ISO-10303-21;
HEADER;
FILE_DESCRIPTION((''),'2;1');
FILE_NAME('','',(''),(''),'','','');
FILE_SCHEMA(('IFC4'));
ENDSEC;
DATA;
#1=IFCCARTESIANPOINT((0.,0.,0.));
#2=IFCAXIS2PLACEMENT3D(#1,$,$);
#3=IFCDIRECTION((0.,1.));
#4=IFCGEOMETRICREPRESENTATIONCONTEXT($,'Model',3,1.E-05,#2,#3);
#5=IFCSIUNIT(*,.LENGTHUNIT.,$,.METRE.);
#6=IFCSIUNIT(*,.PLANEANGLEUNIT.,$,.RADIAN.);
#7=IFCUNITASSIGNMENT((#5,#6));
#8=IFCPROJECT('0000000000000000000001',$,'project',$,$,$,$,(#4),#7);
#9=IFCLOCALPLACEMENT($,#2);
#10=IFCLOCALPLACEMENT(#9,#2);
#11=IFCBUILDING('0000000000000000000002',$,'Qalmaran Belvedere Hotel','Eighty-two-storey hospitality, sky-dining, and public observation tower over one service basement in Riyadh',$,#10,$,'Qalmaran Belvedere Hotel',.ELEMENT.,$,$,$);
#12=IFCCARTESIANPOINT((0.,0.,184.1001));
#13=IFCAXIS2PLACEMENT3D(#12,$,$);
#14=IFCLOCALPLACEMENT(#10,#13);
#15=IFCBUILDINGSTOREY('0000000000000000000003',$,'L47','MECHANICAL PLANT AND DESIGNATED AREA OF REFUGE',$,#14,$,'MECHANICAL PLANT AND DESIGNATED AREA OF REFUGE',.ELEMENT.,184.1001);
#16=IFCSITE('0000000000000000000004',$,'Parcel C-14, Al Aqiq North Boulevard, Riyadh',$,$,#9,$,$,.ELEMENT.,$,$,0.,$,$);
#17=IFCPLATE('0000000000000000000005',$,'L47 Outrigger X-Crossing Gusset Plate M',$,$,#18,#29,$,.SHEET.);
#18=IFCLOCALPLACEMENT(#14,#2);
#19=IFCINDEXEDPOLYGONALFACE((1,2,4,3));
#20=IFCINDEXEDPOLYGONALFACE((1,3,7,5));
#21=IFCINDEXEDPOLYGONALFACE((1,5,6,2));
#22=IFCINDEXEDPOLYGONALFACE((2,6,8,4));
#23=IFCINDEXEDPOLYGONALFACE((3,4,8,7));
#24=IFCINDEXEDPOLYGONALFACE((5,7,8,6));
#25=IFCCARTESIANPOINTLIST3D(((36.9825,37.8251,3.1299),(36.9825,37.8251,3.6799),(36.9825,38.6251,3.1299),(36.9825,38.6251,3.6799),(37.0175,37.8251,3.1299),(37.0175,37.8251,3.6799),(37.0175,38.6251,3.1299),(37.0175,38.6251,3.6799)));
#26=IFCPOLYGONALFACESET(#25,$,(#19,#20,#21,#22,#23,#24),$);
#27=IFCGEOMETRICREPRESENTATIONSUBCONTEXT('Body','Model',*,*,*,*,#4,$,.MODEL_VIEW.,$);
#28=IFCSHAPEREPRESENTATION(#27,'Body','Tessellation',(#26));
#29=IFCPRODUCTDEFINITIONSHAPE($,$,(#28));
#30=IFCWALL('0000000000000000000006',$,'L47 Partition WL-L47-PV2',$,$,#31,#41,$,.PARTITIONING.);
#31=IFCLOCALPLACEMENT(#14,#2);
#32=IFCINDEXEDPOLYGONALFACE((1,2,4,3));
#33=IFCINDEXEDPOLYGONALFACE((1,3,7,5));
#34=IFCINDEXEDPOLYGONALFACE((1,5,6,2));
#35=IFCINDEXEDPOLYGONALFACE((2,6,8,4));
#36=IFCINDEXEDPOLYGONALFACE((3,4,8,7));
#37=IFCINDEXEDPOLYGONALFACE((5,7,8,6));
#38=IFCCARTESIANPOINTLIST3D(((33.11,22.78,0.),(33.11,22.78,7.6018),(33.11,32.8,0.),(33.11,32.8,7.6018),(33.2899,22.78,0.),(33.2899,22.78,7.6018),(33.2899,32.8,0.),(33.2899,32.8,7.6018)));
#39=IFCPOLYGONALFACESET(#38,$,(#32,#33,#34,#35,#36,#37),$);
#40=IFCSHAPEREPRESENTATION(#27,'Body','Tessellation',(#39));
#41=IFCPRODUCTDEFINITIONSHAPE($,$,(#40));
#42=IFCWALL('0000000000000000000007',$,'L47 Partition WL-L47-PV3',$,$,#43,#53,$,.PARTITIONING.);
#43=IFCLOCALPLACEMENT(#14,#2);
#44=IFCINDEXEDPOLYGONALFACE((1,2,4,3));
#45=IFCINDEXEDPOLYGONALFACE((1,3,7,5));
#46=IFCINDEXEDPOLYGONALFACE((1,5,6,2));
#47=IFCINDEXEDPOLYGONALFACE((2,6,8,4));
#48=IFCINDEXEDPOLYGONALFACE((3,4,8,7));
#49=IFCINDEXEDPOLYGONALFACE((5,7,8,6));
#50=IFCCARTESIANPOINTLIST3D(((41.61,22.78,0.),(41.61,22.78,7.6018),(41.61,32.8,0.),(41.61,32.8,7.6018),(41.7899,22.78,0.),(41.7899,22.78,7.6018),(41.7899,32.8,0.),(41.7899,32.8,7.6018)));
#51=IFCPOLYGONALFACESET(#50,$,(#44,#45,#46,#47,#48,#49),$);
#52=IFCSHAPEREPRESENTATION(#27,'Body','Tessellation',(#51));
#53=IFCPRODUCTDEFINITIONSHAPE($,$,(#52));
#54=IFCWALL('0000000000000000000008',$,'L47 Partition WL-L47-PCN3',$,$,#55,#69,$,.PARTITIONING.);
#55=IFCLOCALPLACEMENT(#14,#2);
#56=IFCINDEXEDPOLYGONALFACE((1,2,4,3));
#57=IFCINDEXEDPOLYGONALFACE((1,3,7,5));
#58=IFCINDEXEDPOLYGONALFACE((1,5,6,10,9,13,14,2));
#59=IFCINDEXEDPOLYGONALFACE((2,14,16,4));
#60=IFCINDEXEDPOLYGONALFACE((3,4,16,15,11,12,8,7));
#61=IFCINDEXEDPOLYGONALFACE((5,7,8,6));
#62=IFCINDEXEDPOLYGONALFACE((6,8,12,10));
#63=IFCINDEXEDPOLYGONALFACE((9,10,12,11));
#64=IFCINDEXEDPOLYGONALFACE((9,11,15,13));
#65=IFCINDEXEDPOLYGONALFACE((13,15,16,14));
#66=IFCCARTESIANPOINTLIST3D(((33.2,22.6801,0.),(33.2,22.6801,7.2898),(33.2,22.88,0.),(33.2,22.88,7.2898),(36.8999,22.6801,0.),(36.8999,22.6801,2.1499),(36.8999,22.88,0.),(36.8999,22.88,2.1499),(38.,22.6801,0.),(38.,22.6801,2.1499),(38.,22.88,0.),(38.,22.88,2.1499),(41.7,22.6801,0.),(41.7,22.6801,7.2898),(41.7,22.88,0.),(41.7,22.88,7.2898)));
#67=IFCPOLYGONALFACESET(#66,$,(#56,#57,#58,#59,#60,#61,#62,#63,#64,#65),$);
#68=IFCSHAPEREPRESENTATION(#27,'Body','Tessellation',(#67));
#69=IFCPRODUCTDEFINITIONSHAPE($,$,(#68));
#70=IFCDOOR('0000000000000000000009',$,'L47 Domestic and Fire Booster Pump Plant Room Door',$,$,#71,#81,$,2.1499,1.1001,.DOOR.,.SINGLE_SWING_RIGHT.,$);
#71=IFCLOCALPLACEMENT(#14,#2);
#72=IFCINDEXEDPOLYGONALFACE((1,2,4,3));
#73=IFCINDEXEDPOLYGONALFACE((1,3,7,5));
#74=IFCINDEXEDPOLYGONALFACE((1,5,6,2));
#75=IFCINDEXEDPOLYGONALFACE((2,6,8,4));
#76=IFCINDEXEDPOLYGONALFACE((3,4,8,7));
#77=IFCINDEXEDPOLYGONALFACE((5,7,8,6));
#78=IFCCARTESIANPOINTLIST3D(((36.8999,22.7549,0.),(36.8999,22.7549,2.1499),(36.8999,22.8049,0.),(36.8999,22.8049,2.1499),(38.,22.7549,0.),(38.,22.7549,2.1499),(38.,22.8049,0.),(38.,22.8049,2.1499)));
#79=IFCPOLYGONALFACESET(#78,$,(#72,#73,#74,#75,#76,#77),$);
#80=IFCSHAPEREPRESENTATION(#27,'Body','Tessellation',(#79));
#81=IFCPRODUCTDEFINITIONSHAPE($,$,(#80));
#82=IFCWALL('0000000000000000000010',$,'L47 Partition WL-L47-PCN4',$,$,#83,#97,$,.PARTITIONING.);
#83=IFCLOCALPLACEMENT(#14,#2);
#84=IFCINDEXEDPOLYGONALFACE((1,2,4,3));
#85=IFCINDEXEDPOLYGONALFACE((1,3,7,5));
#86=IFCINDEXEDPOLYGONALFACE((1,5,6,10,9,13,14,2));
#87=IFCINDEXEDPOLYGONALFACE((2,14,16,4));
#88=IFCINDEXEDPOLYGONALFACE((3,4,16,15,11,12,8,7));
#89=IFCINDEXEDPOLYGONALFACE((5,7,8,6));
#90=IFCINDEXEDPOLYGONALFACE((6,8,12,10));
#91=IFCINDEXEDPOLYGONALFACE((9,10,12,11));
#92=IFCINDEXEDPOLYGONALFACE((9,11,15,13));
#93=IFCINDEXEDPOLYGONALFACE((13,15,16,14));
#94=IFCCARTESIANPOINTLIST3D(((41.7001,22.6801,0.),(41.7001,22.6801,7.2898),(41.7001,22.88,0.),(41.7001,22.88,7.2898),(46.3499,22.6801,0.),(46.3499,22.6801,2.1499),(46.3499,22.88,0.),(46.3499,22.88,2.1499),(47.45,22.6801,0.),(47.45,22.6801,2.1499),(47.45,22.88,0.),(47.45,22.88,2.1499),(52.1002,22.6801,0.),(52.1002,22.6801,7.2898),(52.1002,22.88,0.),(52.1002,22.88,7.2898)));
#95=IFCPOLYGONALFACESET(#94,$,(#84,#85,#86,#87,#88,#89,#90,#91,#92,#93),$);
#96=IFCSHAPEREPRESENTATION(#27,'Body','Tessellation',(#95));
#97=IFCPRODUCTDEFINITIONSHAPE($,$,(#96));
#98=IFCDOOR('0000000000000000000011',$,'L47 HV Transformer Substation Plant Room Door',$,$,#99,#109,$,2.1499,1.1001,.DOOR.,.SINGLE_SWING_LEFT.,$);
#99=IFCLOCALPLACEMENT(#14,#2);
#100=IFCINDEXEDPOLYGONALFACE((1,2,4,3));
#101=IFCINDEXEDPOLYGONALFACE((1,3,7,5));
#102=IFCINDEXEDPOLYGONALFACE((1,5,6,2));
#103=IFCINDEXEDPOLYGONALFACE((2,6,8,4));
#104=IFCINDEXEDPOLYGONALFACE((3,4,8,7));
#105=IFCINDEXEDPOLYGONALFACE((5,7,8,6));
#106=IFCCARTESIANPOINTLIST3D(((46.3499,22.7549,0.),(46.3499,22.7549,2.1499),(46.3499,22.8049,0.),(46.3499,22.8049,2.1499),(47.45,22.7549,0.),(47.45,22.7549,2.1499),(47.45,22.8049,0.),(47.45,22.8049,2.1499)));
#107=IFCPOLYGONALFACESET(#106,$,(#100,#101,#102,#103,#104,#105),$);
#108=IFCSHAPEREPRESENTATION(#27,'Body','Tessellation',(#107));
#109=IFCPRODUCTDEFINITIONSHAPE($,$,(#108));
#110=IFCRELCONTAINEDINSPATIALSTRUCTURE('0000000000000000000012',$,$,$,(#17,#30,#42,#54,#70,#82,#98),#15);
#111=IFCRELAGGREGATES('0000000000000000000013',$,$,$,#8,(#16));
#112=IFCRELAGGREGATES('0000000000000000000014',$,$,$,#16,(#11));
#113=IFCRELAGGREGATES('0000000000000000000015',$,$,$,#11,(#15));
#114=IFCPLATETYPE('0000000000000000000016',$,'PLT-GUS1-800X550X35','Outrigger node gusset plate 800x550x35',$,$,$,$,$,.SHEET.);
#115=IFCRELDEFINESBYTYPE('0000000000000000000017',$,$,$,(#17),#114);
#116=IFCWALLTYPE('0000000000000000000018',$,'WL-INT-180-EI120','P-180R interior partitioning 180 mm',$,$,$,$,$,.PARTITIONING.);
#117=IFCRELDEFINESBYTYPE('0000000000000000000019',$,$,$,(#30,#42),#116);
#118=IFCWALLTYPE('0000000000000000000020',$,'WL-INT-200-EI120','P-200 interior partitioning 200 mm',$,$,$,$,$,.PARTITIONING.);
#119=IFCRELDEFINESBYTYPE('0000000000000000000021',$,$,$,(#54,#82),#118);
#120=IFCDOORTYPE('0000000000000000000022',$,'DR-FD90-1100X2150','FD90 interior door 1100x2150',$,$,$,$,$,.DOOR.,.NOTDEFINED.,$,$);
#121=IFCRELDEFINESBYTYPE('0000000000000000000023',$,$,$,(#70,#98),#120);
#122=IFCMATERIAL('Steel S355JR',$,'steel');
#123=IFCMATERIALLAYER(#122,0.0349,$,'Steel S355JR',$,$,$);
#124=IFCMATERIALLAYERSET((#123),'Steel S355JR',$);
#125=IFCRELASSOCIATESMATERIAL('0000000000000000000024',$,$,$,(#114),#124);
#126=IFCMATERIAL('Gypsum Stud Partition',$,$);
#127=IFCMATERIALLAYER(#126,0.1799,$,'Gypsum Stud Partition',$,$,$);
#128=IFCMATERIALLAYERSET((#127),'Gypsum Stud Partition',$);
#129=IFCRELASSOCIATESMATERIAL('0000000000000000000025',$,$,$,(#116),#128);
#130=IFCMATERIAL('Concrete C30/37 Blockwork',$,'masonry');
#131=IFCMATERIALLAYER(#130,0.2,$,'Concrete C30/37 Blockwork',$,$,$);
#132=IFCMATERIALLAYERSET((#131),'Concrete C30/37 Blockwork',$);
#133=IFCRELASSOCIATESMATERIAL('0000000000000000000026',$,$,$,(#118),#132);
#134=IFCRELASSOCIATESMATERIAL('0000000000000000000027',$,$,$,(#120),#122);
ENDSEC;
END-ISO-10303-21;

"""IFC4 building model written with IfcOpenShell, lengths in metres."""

from ifc_helpers import new_model, si_unit, direction, frame, frame_2d, origin, origin_2d, place, context, subcontext, project, spatial, rectangle, extrude, material, layer, layer_set, type_object, element, fill, save


model = new_model("IFC4")

# Units and contexts
model_context = context("Model", 3, precision=1e-05, world=origin(), true_north=direction((0.0, 1.0)))
body_context = subcontext(model_context, "Body", "Model", "MODEL_VIEW")
ifc_project = project(units=[si_unit("LENGTHUNIT", "METRE"), si_unit("PLANEANGLEUNIT", "RADIAN")], contexts=[model_context])

# Site, building, storey
site_placement = place(None, origin())
site = spatial("IfcSite", under=ifc_project, at=site_placement, Name="Parcel C-14, Al Aqiq North Boulevard, Riyadh", CompositionType="ELEMENT", RefElevation=0.0)
building_placement = place(site_placement, origin())
building = spatial("IfcBuilding", under=site, at=building_placement, Name="Qalmaran Belvedere Hotel", Description="Eighty-two-storey hospitality, sky-dining, and public observation tower over one service basement in Riyadh", LongName="Qalmaran Belvedere Hotel", CompositionType="ELEMENT")
storey_placement = place(building_placement, frame((0.0, 0.0, 184.1001)))
storey = spatial("IfcBuildingStorey", under=building, at=storey_placement, Name="L47", Description="MECHANICAL PLANT AND DESIGNATED AREA OF REFUGE", LongName="MECHANICAL PLANT AND DESIGNATED AREA OF REFUGE", CompositionType="ELEMENT", Elevation=184.1001)

# Shared definitions
ifc_material_1 = material(Name="Steel S355JR", Category="steel")

# Plate
ifc_layer_1 = layer(ifc_material_1, 0.0349, Name="Steel S355JR")
ifc_layer_set_1 = layer_set([ifc_layer_1], Name="Steel S355JR")
plate_type_1 = type_object("IfcPlateType", Name="PLT-GUS1-800X550X35", Description="Outrigger node gusset plate 800x550x35", PredefinedType="SHEET", material=ifc_layer_set_1)
for number, where, z_axis, x_axis, name in (
    (1, (37.0, 38.2251, 3.1299), (0.0, 0.0, 1.0), (0.0, 1.0, 0.0), "L47 Outrigger X-Crossing Gusset Plate M"),
):
    element("IfcPlate", number, at=place(storey_placement, frame(where, z_axis=z_axis, x_axis=x_axis)), inside=storey, type_object=plate_type_1, Name=name, PredefinedType="SHEET", context=body_context, shape_type="SweptSolid", body=[
        extrude(rectangle(XDim=0.8, YDim=0.0349, at=origin_2d()), origin(), (0.0, 0.0, 1.0), 0.55),
    ])

# Walls
ifc_material_2 = material(Name="Gypsum Stud Partition")
ifc_layer_2 = layer(ifc_material_2, 0.1799, Name="Gypsum Stud Partition")
ifc_layer_set_2 = layer_set([ifc_layer_2], Name="Gypsum Stud Partition")
wall_type_1 = type_object("IfcWallType", Name="WL-INT-180-EI120", Description="P-180R interior partitioning 180 mm", PredefinedType="PARTITIONING", material=ifc_layer_set_2)
for number, where, z_axis, x_axis, name in (
    (2, (33.2, 22.78, 0.0), (0.0, 0.0, 1.0), (0.0, 1.0, 0.0), "L47 Partition WL-L47-PV2"),
    (3, (41.7, 22.78, 0.0), (0.0, 0.0, 1.0), (0.0, 1.0, 0.0), "L47 Partition WL-L47-PV3"),
):
    element("IfcWall", number, at=place(storey_placement, frame(where, z_axis=z_axis, x_axis=x_axis)), inside=storey, type_object=wall_type_1, Name=name, PredefinedType="PARTITIONING", context=body_context, shape_type="SweptSolid", body=[
        extrude(rectangle(XDim=10.02, YDim=0.1799, at=frame_2d((5.01, 0.0))), origin(), (0.0, 0.0, 1.0), 7.6018),
    ])

# Walls, openings, doors
ifc_material_3 = material(Name="Concrete C30/37 Blockwork", Category="masonry")
ifc_layer_3 = layer(ifc_material_3, 0.2, Name="Concrete C30/37 Blockwork")
ifc_layer_set_3 = layer_set([ifc_layer_3], Name="Concrete C30/37 Blockwork")
wall_type_2 = type_object("IfcWallType", Name="WL-INT-200-EI120", Description="P-200 interior partitioning 200 mm", PredefinedType="PARTITIONING", material=ifc_layer_set_3)
wall_1_placement = place(storey_placement, frame((33.2, 22.78, 0.0), z_axis=(0.0, 0.0, 1.0), x_axis=(1.0, 0.0, 0.0)))
wall_1 = element("IfcWall", 4, at=wall_1_placement, inside=storey, type_object=wall_type_2, Name="L47 Partition WL-L47-PCN3", PredefinedType="PARTITIONING", context=body_context, shape_type="SweptSolid", body=[
    extrude(rectangle(XDim=8.5, YDim=0.2, at=frame_2d((4.25, 0.0))), origin(), (0.0, 0.0, 1.0), 7.2898),
])
opening_1_placement = place(wall_1_placement, frame((3.7, 0.0, 0.0)))
opening_1 = element("IfcOpeningElement", 5, at=opening_1_placement, cuts=wall_1, PredefinedType="OPENING", context=body_context, shape_type="SweptSolid", body=[
    extrude(rectangle(XDim=1.1001, YDim=2.1499, at=frame_2d((0.55, 1.075))), frame((0.0, 0.1099, 0.0), z_axis=(0.0, -1.0, 0.0), x_axis=(1.0, 0.0, 0.0)), (0.0, 0.0, 1.0), 0.22),
])
door_type = type_object("IfcDoorType", Name="DR-FD90-1100X2150", Description="FD90 interior door 1100x2150", OperationType="NOTDEFINED", PredefinedType="DOOR", material=ifc_material_1)
door_1_placement = place(opening_1_placement, origin())
door_1 = element("IfcDoor", 6, at=door_1_placement, inside=storey, type_object=door_type, Name="L47 Domestic and Fire Booster Pump Plant Room Door", OperationType="SINGLE_SWING_RIGHT", OverallHeight=2.1499, OverallWidth=1.1001, PredefinedType="DOOR", context=body_context, shape_type="SweptSolid", body=[
    extrude(rectangle(XDim=1.1001, YDim=2.1499, at=frame_2d((0.55, 1.075))), frame((0.0, 0.0249, 0.0), z_axis=(0.0, -1.0, 0.0), x_axis=(1.0, 0.0, 0.0)), (0.0, 0.0, 1.0), 0.05),
])
fill(opening_1, door_1)
wall_2_placement = place(storey_placement, frame((41.7, 22.78, 0.0), z_axis=(0.0, 0.0, 1.0), x_axis=(1.0, 0.0, 0.0)))
wall_2 = element("IfcWall", 7, at=wall_2_placement, inside=storey, type_object=wall_type_2, Name="L47 Partition WL-L47-PCN4", PredefinedType="PARTITIONING", context=body_context, shape_type="SweptSolid", body=[
    extrude(rectangle(XDim=10.4001, YDim=0.2, at=frame_2d((5.2002, 0.0))), origin(), (0.0, 0.0, 1.0), 7.2898),
])
opening_2_placement = place(wall_2_placement, frame((4.6499, 0.0, 0.0)))
opening_2 = element("IfcOpeningElement", 8, at=opening_2_placement, cuts=wall_2, PredefinedType="OPENING", context=body_context, shape_type="SweptSolid", body=[
    extrude(rectangle(XDim=1.1001, YDim=2.1499, at=frame_2d((0.55, 1.075))), frame((0.0, 0.1099, 0.0), z_axis=(0.0, -1.0, 0.0), x_axis=(1.0, 0.0, 0.0)), (0.0, 0.0, 1.0), 0.22),
])
door_2_placement = place(opening_2_placement, origin())
door_2 = element("IfcDoor", 9, at=door_2_placement, inside=storey, type_object=door_type, Name="L47 HV Transformer Substation Plant Room Door", OperationType="SINGLE_SWING_LEFT", OverallHeight=2.1499, OverallWidth=1.1001, PredefinedType="DOOR", context=body_context, shape_type="SweptSolid", body=[
    extrude(rectangle(XDim=1.1001, YDim=2.1499, at=frame_2d((0.55, 1.075))), frame((0.0, 0.0249, 0.0), z_axis=(0.0, -1.0, 0.0), x_axis=(1.0, 0.0, 0.0)), (0.0, 0.0, 1.0), 0.05),
])
fill(opening_2, door_2)

save(model, "model.ifc")
